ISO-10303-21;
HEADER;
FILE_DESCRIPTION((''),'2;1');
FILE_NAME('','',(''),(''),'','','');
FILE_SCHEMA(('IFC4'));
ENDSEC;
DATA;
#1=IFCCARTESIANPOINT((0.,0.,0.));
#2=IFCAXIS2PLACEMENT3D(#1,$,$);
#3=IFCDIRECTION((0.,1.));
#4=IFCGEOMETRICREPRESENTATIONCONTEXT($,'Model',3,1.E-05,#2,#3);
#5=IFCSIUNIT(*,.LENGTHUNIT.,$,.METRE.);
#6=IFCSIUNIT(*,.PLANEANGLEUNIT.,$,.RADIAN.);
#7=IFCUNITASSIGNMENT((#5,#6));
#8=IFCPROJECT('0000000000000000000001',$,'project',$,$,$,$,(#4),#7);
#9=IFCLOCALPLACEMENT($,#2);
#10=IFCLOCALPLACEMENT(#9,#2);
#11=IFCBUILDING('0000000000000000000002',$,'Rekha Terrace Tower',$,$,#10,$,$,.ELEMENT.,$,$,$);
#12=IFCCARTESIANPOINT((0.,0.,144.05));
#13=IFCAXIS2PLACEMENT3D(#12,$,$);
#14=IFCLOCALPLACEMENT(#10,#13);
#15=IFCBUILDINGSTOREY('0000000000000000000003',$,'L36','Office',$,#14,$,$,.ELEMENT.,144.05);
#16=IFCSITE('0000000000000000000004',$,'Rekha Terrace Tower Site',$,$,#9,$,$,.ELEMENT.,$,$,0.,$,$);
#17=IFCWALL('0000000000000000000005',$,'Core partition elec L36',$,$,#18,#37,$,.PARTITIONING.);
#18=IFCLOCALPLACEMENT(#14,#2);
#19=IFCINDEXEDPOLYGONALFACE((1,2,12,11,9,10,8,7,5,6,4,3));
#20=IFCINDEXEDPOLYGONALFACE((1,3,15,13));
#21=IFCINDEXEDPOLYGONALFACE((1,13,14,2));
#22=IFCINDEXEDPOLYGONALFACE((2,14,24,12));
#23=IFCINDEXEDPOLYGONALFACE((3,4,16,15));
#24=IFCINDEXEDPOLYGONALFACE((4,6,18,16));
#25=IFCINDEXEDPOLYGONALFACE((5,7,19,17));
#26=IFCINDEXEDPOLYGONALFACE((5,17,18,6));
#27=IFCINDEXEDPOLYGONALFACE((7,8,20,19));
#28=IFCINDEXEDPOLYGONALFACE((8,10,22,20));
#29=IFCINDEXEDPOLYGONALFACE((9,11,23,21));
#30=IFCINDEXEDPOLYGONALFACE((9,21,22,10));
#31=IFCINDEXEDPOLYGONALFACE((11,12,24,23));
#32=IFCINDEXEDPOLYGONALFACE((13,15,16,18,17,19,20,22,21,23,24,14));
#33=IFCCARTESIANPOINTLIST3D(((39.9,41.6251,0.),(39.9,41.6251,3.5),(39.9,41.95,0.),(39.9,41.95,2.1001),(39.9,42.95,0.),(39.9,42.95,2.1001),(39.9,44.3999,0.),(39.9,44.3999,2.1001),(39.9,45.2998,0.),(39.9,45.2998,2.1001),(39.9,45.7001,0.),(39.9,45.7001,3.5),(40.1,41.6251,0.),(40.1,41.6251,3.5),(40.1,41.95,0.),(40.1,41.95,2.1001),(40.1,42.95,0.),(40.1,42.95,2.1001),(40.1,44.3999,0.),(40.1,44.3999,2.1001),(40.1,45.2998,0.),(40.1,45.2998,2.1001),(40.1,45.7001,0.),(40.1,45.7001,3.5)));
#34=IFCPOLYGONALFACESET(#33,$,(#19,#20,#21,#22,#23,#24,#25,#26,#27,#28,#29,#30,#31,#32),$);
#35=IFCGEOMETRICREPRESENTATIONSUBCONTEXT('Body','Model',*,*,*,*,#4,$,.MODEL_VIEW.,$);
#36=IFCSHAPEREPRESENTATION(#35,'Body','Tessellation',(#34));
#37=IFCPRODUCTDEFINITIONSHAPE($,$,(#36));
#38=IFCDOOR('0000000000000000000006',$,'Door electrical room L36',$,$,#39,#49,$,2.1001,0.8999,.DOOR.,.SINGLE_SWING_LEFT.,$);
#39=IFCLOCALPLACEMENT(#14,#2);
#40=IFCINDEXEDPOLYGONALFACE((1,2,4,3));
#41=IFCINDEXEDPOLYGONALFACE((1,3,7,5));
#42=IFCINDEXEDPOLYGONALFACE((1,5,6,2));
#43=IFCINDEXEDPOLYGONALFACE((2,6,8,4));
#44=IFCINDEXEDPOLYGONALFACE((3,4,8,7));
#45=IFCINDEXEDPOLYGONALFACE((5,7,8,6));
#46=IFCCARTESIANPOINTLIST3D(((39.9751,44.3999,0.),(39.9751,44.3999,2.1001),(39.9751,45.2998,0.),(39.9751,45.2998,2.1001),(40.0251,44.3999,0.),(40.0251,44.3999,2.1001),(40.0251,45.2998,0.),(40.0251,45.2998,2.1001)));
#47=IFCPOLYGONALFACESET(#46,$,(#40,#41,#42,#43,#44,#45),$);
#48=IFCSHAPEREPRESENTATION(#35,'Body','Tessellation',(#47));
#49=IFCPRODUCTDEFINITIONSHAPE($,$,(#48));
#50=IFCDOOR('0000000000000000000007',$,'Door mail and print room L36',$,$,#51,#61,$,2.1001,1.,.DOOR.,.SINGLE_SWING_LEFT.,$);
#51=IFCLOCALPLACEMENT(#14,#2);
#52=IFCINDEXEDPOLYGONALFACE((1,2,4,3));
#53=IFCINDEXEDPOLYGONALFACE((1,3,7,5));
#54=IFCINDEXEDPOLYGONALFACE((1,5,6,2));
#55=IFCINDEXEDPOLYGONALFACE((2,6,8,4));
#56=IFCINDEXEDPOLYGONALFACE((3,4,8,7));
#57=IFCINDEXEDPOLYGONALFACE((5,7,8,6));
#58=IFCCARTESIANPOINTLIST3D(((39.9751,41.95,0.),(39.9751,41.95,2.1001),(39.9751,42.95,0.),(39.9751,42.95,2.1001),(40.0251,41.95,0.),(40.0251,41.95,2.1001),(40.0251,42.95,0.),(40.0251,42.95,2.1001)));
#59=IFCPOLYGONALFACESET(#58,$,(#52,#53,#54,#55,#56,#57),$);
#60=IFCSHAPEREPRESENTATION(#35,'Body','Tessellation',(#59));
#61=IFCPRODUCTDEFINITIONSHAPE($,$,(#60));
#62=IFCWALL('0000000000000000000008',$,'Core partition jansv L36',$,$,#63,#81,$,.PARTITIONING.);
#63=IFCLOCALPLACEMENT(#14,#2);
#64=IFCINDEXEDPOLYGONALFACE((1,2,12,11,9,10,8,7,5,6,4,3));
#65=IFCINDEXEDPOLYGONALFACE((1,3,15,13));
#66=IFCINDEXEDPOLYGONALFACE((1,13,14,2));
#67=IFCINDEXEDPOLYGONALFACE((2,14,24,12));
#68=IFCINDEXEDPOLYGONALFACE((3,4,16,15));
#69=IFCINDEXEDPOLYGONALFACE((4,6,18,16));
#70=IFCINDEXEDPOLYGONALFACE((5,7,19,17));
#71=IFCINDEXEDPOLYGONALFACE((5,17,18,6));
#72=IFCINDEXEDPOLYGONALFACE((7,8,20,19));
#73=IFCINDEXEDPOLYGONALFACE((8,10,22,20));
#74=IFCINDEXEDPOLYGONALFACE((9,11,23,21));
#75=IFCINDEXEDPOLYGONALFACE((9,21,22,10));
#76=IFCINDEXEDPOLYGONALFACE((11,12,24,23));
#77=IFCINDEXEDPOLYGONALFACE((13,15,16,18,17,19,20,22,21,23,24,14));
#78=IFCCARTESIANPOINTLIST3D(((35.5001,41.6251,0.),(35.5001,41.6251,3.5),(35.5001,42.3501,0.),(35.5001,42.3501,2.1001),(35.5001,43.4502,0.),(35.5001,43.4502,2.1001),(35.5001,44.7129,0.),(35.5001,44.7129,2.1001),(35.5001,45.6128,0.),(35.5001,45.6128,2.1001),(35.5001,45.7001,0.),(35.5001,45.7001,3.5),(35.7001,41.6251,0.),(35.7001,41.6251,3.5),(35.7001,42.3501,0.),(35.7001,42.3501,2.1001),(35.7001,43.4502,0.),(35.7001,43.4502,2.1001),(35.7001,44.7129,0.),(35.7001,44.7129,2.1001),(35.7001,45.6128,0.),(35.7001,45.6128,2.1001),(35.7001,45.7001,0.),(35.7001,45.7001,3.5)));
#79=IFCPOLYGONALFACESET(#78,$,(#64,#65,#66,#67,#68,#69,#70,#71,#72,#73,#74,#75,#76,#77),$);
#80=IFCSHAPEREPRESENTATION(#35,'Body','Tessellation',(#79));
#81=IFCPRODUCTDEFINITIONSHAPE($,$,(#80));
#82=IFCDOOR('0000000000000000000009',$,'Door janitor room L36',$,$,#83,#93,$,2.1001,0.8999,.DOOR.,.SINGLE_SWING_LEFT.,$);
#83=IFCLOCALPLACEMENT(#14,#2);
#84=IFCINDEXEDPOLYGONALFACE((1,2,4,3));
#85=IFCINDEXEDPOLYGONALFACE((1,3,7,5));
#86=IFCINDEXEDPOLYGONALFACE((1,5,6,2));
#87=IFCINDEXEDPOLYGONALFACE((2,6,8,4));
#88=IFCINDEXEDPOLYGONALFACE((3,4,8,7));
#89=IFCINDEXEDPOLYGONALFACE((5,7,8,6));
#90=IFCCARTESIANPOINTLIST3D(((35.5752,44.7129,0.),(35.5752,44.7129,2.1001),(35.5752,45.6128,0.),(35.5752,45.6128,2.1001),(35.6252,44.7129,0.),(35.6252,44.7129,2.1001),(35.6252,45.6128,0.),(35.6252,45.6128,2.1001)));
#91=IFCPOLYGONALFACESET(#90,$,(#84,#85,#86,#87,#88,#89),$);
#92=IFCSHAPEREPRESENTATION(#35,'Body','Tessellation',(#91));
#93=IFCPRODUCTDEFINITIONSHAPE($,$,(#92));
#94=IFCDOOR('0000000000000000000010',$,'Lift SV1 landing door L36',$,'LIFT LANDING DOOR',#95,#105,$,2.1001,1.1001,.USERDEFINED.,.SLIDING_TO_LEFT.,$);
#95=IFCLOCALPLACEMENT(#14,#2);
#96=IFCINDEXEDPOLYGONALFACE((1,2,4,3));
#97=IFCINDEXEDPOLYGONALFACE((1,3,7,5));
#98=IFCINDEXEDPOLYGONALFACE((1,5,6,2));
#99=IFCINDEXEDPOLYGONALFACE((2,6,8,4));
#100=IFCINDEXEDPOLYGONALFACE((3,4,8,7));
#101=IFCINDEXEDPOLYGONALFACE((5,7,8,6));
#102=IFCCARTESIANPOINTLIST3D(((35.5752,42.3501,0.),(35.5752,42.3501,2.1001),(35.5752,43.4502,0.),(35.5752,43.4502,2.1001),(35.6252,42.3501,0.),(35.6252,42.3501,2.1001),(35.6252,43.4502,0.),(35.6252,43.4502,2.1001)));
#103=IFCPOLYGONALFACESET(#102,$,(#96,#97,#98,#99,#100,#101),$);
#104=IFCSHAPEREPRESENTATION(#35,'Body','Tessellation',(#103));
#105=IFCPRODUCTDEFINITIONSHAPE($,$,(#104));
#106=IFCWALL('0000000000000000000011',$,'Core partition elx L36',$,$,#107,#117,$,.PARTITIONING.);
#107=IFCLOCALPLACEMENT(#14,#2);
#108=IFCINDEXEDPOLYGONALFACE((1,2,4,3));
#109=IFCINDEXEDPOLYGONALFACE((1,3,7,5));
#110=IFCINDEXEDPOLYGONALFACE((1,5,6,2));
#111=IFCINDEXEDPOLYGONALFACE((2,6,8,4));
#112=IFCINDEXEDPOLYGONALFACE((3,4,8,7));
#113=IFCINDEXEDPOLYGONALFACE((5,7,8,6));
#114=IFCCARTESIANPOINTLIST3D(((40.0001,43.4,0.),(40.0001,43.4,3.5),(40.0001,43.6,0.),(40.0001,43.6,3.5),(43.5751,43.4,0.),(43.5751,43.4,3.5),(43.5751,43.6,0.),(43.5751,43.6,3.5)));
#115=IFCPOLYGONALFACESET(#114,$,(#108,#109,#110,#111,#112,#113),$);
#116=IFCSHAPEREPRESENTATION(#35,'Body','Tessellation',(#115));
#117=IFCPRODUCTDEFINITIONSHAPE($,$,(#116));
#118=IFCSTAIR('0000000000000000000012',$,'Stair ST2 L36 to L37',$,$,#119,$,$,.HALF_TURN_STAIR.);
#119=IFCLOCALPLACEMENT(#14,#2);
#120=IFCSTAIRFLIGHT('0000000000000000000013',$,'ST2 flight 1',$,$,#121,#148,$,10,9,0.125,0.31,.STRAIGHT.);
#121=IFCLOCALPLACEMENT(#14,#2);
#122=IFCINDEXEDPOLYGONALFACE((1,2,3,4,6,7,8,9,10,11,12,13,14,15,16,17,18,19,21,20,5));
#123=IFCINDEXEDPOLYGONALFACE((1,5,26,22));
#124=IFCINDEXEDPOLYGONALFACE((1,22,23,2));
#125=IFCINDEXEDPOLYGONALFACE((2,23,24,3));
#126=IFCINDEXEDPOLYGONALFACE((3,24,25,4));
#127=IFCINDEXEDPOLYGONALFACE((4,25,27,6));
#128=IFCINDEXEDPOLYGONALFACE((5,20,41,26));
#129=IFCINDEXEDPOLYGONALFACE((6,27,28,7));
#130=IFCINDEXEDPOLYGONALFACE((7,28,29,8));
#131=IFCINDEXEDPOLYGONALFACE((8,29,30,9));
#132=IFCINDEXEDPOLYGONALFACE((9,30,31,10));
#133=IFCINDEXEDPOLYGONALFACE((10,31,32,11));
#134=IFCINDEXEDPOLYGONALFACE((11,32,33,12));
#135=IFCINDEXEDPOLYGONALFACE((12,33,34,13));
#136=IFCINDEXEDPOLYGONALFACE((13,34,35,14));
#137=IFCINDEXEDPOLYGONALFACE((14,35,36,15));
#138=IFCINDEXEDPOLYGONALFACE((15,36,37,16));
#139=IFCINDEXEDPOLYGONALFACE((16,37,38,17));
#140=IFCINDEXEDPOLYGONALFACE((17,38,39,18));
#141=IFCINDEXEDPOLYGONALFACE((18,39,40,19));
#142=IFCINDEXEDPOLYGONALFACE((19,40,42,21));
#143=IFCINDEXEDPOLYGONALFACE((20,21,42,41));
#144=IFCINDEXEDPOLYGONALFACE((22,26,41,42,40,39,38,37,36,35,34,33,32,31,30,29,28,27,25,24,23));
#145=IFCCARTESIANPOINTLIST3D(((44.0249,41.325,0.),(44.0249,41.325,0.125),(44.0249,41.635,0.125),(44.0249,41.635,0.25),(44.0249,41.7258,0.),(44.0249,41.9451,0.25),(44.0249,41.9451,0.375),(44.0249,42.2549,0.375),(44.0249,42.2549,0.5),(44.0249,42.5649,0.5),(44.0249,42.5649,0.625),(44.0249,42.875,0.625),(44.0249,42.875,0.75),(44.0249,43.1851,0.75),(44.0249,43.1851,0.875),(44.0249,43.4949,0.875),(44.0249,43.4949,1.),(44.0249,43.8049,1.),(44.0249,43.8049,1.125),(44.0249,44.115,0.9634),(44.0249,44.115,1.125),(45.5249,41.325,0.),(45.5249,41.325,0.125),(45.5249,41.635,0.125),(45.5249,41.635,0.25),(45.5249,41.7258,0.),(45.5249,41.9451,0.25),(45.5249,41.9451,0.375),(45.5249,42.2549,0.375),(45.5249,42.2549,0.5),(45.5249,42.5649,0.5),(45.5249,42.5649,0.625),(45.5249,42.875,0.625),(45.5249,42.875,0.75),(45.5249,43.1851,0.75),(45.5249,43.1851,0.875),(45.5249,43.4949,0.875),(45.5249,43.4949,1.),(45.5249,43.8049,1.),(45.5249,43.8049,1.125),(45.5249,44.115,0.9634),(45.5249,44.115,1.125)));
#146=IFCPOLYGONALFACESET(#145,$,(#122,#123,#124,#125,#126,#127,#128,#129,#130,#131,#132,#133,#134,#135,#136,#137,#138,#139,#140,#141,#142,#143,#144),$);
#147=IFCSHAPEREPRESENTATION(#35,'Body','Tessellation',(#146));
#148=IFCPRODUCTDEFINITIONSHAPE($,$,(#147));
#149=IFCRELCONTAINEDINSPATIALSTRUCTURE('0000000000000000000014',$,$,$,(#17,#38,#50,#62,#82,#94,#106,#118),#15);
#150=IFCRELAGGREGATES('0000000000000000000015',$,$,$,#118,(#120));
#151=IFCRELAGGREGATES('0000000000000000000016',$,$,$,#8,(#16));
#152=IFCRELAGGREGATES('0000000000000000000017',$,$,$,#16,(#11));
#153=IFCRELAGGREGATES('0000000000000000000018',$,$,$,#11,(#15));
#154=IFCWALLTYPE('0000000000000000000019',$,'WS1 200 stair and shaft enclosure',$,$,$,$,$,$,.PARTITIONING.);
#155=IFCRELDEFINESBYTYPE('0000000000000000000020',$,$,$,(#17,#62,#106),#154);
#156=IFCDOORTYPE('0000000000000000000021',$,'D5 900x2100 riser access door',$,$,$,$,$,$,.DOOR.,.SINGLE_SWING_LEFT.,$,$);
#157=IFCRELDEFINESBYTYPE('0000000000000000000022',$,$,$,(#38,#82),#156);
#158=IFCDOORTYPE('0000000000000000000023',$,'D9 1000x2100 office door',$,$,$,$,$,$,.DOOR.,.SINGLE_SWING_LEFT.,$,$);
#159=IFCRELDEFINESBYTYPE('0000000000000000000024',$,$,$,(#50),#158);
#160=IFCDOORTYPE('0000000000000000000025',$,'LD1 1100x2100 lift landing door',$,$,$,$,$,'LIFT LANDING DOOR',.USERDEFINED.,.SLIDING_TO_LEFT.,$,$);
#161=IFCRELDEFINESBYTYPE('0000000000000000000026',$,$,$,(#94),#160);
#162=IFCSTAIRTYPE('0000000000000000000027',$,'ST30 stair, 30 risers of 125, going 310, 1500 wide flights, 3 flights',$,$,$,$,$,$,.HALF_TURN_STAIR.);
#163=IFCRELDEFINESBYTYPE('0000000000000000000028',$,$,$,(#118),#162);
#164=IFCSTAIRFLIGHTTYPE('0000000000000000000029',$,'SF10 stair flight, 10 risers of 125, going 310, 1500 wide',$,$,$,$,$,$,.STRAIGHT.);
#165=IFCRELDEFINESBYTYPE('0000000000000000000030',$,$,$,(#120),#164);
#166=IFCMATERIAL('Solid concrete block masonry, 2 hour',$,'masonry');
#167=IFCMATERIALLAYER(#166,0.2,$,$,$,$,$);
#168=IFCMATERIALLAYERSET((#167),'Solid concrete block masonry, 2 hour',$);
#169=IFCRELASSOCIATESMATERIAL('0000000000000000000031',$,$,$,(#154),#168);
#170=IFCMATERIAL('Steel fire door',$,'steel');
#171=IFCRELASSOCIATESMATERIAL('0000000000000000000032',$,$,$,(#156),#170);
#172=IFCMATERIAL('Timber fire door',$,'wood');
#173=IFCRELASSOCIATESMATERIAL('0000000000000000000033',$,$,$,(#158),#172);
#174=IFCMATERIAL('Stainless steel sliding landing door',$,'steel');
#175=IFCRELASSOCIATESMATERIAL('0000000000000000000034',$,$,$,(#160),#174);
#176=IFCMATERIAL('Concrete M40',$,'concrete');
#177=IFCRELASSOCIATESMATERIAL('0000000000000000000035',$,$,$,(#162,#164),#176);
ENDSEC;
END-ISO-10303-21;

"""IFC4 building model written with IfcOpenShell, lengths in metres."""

from ifc_helpers import new_model, si_unit, direction, frame, frame_2d, origin, place, context, subcontext, project, spatial, polyline, rectangle, outline, extrude, material, layer, layer_set, type_object, element, fill, aggregate, save


model = new_model("IFC4")

# Units and contexts
model_context = context("Model", 3, precision=1e-05, world=origin(), true_north=direction((0.0, 1.0)))
body_context = subcontext(model_context, "Body", "Model", "MODEL_VIEW")
ifc_project = project(units=[si_unit("LENGTHUNIT", "METRE"), si_unit("PLANEANGLEUNIT", "RADIAN")], contexts=[model_context])

# Site, building, storey
site_placement = place(None, origin())
site = spatial("IfcSite", under=ifc_project, at=site_placement, Name="Rekha Terrace Tower Site", CompositionType="ELEMENT", RefElevation=0.0)
building_placement = place(site_placement, origin())
building = spatial("IfcBuilding", under=site, at=building_placement, Name="Rekha Terrace Tower", CompositionType="ELEMENT")
storey_placement = place(building_placement, frame((0.0, 0.0, 144.05)))
storey = spatial("IfcBuildingStorey", under=building, at=storey_placement, Name="L36", Description="Office", CompositionType="ELEMENT", Elevation=144.05)

# Shared definitions
ifc_material_1 = material(Name="Stainless steel sliding landing door", Category="steel")
ifc_material_2 = material(Name="Steel fire door", Category="steel")

# Shared definitions
ifc_material_3 = material(Name="Solid concrete block masonry, 2 hour", Category="masonry")
ifc_layer_1 = layer(ifc_material_3, 0.2)
ifc_layer_set_1 = layer_set([ifc_layer_1], Name="Solid concrete block masonry, 2 hour")
wall_type_1 = type_object("IfcWallType", Name="WS1 200 stair and shaft enclosure", PredefinedType="PARTITIONING", material=ifc_layer_set_1)

# Walls, openings, doors
wall_1_placement = place(storey_placement, frame((40.0, 41.625, 0.0), z_axis=(0.0, 0.0, 1.0), x_axis=(0.0, 1.0, 0.0)))
wall_1 = element("IfcWall", 1, at=wall_1_placement, inside=storey, type_object=wall_type_1, Name="Core partition elec L36", PredefinedType="PARTITIONING", context=body_context, shape_type="SweptSolid", body=[
    extrude(rectangle(XDim=4.075, YDim=0.2, at=frame_2d((2.0376, 0.0))), origin(), (0.0, 0.0, 1.0), 3.5),
])
opening_1_placement = place(wall_1_placement, frame((2.7749, 0.0, 0.0)))
opening_1 = element("IfcOpeningElement", 2, at=opening_1_placement, cuts=wall_1, PredefinedType="OPENING", context=body_context, shape_type="SweptSolid", body=[
    extrude(rectangle(XDim=0.8999, YDim=2.1001, at=frame_2d((0.45, 1.05))), frame((0.0, 0.1099, 0.0), z_axis=(0.0, -1.0, 0.0), x_axis=(1.0, 0.0, 0.0)), (0.0, 0.0, 1.0), 0.22),
])
opening_2_placement = place(wall_1_placement, frame((0.325, 0.0, 0.0)))
opening_2 = element("IfcOpeningElement", 3, at=opening_2_placement, cuts=wall_1, PredefinedType="OPENING", context=body_context, shape_type="SweptSolid", body=[
    extrude(rectangle(XDim=1.0, YDim=2.1001, at=frame_2d((0.5, 1.05))), frame((0.0, 0.1099, 0.0), z_axis=(0.0, -1.0, 0.0), x_axis=(1.0, 0.0, 0.0)), (0.0, 0.0, 1.0), 0.22),
])
door_type_1 = type_object("IfcDoorType", Name="D5 900x2100 riser access door", OperationType="SINGLE_SWING_LEFT", PredefinedType="DOOR", material=ifc_material_2)
door_1_placement = place(opening_1_placement, origin())
door_1 = element("IfcDoor", 4, at=door_1_placement, inside=storey, type_object=door_type_1, Name="Door electrical room L36", OperationType="SINGLE_SWING_LEFT", OverallHeight=2.1001, OverallWidth=0.8999, PredefinedType="DOOR", context=body_context, shape_type="SweptSolid", body=[
    extrude(rectangle(XDim=0.8999, YDim=2.1001, at=frame_2d((0.45, 1.05))), frame((0.0, 0.0249, 0.0), z_axis=(0.0, -1.0, 0.0), x_axis=(1.0, 0.0, 0.0)), (0.0, 0.0, 1.0), 0.05),
])
fill(opening_1, door_1)
ifc_material_4 = material(Name="Timber fire door", Category="wood")
door_type_2 = type_object("IfcDoorType", Name="D9 1000x2100 office door", OperationType="SINGLE_SWING_LEFT", PredefinedType="DOOR", material=ifc_material_4)
door_2_placement = place(opening_2_placement, origin())
door_2 = element("IfcDoor", 5, at=door_2_placement, inside=storey, type_object=door_type_2, Name="Door mail and print room L36", OperationType="SINGLE_SWING_LEFT", OverallHeight=2.1001, OverallWidth=1.0, PredefinedType="DOOR", context=body_context, shape_type="SweptSolid", body=[
    extrude(rectangle(XDim=1.0, YDim=2.1001, at=frame_2d((0.5, 1.05))), frame((0.0, 0.0249, 0.0), z_axis=(0.0, -1.0, 0.0), x_axis=(1.0, 0.0, 0.0)), (0.0, 0.0, 1.0), 0.05),
])
fill(opening_2, door_2)
wall_2_placement = place(storey_placement, frame((35.6001, 41.625, 0.0), z_axis=(0.0, 0.0, 1.0), x_axis=(0.0, 1.0, 0.0)))
wall_2 = element("IfcWall", 6, at=wall_2_placement, inside=storey, type_object=wall_type_1, Name="Core partition jansv L36", PredefinedType="PARTITIONING", context=body_context, shape_type="SweptSolid", body=[
    extrude(rectangle(XDim=4.075, YDim=0.2, at=frame_2d((2.0376, 0.0))), origin(), (0.0, 0.0, 1.0), 3.5),
])
opening_3_placement = place(wall_2_placement, frame((3.0879, 0.0, 0.0)))
opening_3 = element("IfcOpeningElement", 7, at=opening_3_placement, cuts=wall_2, PredefinedType="OPENING", context=body_context, shape_type="SweptSolid", body=[
    extrude(rectangle(XDim=0.8999, YDim=2.1001, at=frame_2d((0.45, 1.05))), frame((0.0, 0.1099, 0.0), z_axis=(0.0, -1.0, 0.0), x_axis=(1.0, 0.0, 0.0)), (0.0, 0.0, 1.0), 0.22),
])
opening_4_placement = place(wall_2_placement, frame((0.7251, 0.0, 0.0)))
opening_4 = element("IfcOpeningElement", 8, at=opening_4_placement, cuts=wall_2, PredefinedType="OPENING", context=body_context, shape_type="SweptSolid", body=[
    extrude(rectangle(XDim=1.1001, YDim=2.1001, at=frame_2d((0.55, 1.05))), frame((0.0, 0.1099, 0.0), z_axis=(0.0, -1.0, 0.0), x_axis=(1.0, 0.0, 0.0)), (0.0, 0.0, 1.0), 0.22),
])
door_3_placement = place(opening_3_placement, origin())
door_3 = element("IfcDoor", 9, at=door_3_placement, inside=storey, type_object=door_type_1, Name="Door janitor room L36", OperationType="SINGLE_SWING_LEFT", OverallHeight=2.1001, OverallWidth=0.8999, PredefinedType="DOOR", context=body_context, shape_type="SweptSolid", body=[
    extrude(rectangle(XDim=0.8999, YDim=2.1001, at=frame_2d((0.45, 1.05))), frame((0.0, 0.0249, 0.0), z_axis=(0.0, -1.0, 0.0), x_axis=(1.0, 0.0, 0.0)), (0.0, 0.0, 1.0), 0.05),
])
fill(opening_3, door_3)
door_type_3 = type_object("IfcDoorType", Name="LD1 1100x2100 lift landing door", ElementType="LIFT LANDING DOOR", OperationType="SLIDING_TO_LEFT", PredefinedType="USERDEFINED", material=ifc_material_1)
door_4_placement = place(opening_4_placement, origin())
door_4 = element("IfcDoor", 10, at=door_4_placement, inside=storey, type_object=door_type_3, Name="Lift SV1 landing door L36", ObjectType="LIFT LANDING DOOR", OperationType="SLIDING_TO_LEFT", OverallHeight=2.1001, OverallWidth=1.1001, PredefinedType="USERDEFINED", context=body_context, shape_type="SweptSolid", body=[
    extrude(rectangle(XDim=1.1001, YDim=2.1001, at=frame_2d((0.55, 1.05))), frame((0.0, 0.0249, 0.0), z_axis=(0.0, -1.0, 0.0), x_axis=(1.0, 0.0, 0.0)), (0.0, 0.0, 1.0), 0.05),
])
fill(opening_4, door_4)

# Wall
wall_3_placement = place(storey_placement, frame((40.0, 43.5, 0.0), z_axis=(0.0, 0.0, 1.0), x_axis=(1.0, 0.0, 0.0)))
element("IfcWall", 11, at=wall_3_placement, inside=storey, type_object=wall_type_1, Name="Core partition elx L36", PredefinedType="PARTITIONING", context=body_context, shape_type="SweptSolid", body=[
    extrude(rectangle(XDim=3.575, YDim=0.2, at=frame_2d((1.7876, 0.0))), origin(), (0.0, 0.0, 1.0), 3.5),
])

# Stair, stair flight
ifc_material_5 = material(Name="Concrete M40", Category="concrete")
stair_type = type_object("IfcStairType", Name="ST30 stair, 30 risers of 125, going 310, 1500 wide flights, 3 flights", PredefinedType="HALF_TURN_STAIR", material=ifc_material_5)
stair_placement = place(storey_placement, origin())
stair = element("IfcStair", 12, at=stair_placement, inside=storey, type_object=stair_type, Name="Stair ST2 L36 to L37", PredefinedType="HALF_TURN_STAIR")
stair_flight_type = type_object("IfcStairFlightType", Name="SF10 stair flight, 10 risers of 125, going 310, 1500 wide", PredefinedType="STRAIGHT", material=ifc_material_5)
stair_flight_1_placement = place(storey_placement, frame((44.7749, 41.325, 0.0), z_axis=(0.0, 0.0, 1.0), x_axis=(0.0, 1.0, 0.0)))
stair_flight_1 = element("IfcStairFlight", 13, at=stair_flight_1_placement, type_object=stair_flight_type, Name="ST2 flight 1", NumberOfRisers=10, NumberOfTreads=9, PredefinedType="STRAIGHT", RiserHeight=0.125, TreadLength=0.31, context=body_context, shape_type="SweptSolid", body=[
    extrude(outline(polyline([(0.0, 0.0), (0.0, 0.125), (0.3101, 0.125), (0.3101, 0.25), (0.6201, 0.25), (0.6201, 0.375), (0.9299, 0.375), (0.9299, 0.5), (1.24, 0.5), (1.24, 0.625), (1.55, 0.625), (1.55, 0.75), (1.8601, 0.75), (1.8601, 0.875), (2.1699, 0.875), (2.1699, 1.0), (2.48, 1.0), (2.48, 1.125), (2.79, 1.125), (2.79, 1.25), (2.79, 0.9634), (0.4009, 0.0), (0.0, 0.0)])), frame((0.0, 0.75, 0.0), z_axis=(0.0, -1.0, 0.0), x_axis=(1.0, 0.0, 0.0)), (0.0, 0.0, 1.0), 1.5),
])
aggregate(stair, [stair_flight_1])

save(model, "model.ifc")
